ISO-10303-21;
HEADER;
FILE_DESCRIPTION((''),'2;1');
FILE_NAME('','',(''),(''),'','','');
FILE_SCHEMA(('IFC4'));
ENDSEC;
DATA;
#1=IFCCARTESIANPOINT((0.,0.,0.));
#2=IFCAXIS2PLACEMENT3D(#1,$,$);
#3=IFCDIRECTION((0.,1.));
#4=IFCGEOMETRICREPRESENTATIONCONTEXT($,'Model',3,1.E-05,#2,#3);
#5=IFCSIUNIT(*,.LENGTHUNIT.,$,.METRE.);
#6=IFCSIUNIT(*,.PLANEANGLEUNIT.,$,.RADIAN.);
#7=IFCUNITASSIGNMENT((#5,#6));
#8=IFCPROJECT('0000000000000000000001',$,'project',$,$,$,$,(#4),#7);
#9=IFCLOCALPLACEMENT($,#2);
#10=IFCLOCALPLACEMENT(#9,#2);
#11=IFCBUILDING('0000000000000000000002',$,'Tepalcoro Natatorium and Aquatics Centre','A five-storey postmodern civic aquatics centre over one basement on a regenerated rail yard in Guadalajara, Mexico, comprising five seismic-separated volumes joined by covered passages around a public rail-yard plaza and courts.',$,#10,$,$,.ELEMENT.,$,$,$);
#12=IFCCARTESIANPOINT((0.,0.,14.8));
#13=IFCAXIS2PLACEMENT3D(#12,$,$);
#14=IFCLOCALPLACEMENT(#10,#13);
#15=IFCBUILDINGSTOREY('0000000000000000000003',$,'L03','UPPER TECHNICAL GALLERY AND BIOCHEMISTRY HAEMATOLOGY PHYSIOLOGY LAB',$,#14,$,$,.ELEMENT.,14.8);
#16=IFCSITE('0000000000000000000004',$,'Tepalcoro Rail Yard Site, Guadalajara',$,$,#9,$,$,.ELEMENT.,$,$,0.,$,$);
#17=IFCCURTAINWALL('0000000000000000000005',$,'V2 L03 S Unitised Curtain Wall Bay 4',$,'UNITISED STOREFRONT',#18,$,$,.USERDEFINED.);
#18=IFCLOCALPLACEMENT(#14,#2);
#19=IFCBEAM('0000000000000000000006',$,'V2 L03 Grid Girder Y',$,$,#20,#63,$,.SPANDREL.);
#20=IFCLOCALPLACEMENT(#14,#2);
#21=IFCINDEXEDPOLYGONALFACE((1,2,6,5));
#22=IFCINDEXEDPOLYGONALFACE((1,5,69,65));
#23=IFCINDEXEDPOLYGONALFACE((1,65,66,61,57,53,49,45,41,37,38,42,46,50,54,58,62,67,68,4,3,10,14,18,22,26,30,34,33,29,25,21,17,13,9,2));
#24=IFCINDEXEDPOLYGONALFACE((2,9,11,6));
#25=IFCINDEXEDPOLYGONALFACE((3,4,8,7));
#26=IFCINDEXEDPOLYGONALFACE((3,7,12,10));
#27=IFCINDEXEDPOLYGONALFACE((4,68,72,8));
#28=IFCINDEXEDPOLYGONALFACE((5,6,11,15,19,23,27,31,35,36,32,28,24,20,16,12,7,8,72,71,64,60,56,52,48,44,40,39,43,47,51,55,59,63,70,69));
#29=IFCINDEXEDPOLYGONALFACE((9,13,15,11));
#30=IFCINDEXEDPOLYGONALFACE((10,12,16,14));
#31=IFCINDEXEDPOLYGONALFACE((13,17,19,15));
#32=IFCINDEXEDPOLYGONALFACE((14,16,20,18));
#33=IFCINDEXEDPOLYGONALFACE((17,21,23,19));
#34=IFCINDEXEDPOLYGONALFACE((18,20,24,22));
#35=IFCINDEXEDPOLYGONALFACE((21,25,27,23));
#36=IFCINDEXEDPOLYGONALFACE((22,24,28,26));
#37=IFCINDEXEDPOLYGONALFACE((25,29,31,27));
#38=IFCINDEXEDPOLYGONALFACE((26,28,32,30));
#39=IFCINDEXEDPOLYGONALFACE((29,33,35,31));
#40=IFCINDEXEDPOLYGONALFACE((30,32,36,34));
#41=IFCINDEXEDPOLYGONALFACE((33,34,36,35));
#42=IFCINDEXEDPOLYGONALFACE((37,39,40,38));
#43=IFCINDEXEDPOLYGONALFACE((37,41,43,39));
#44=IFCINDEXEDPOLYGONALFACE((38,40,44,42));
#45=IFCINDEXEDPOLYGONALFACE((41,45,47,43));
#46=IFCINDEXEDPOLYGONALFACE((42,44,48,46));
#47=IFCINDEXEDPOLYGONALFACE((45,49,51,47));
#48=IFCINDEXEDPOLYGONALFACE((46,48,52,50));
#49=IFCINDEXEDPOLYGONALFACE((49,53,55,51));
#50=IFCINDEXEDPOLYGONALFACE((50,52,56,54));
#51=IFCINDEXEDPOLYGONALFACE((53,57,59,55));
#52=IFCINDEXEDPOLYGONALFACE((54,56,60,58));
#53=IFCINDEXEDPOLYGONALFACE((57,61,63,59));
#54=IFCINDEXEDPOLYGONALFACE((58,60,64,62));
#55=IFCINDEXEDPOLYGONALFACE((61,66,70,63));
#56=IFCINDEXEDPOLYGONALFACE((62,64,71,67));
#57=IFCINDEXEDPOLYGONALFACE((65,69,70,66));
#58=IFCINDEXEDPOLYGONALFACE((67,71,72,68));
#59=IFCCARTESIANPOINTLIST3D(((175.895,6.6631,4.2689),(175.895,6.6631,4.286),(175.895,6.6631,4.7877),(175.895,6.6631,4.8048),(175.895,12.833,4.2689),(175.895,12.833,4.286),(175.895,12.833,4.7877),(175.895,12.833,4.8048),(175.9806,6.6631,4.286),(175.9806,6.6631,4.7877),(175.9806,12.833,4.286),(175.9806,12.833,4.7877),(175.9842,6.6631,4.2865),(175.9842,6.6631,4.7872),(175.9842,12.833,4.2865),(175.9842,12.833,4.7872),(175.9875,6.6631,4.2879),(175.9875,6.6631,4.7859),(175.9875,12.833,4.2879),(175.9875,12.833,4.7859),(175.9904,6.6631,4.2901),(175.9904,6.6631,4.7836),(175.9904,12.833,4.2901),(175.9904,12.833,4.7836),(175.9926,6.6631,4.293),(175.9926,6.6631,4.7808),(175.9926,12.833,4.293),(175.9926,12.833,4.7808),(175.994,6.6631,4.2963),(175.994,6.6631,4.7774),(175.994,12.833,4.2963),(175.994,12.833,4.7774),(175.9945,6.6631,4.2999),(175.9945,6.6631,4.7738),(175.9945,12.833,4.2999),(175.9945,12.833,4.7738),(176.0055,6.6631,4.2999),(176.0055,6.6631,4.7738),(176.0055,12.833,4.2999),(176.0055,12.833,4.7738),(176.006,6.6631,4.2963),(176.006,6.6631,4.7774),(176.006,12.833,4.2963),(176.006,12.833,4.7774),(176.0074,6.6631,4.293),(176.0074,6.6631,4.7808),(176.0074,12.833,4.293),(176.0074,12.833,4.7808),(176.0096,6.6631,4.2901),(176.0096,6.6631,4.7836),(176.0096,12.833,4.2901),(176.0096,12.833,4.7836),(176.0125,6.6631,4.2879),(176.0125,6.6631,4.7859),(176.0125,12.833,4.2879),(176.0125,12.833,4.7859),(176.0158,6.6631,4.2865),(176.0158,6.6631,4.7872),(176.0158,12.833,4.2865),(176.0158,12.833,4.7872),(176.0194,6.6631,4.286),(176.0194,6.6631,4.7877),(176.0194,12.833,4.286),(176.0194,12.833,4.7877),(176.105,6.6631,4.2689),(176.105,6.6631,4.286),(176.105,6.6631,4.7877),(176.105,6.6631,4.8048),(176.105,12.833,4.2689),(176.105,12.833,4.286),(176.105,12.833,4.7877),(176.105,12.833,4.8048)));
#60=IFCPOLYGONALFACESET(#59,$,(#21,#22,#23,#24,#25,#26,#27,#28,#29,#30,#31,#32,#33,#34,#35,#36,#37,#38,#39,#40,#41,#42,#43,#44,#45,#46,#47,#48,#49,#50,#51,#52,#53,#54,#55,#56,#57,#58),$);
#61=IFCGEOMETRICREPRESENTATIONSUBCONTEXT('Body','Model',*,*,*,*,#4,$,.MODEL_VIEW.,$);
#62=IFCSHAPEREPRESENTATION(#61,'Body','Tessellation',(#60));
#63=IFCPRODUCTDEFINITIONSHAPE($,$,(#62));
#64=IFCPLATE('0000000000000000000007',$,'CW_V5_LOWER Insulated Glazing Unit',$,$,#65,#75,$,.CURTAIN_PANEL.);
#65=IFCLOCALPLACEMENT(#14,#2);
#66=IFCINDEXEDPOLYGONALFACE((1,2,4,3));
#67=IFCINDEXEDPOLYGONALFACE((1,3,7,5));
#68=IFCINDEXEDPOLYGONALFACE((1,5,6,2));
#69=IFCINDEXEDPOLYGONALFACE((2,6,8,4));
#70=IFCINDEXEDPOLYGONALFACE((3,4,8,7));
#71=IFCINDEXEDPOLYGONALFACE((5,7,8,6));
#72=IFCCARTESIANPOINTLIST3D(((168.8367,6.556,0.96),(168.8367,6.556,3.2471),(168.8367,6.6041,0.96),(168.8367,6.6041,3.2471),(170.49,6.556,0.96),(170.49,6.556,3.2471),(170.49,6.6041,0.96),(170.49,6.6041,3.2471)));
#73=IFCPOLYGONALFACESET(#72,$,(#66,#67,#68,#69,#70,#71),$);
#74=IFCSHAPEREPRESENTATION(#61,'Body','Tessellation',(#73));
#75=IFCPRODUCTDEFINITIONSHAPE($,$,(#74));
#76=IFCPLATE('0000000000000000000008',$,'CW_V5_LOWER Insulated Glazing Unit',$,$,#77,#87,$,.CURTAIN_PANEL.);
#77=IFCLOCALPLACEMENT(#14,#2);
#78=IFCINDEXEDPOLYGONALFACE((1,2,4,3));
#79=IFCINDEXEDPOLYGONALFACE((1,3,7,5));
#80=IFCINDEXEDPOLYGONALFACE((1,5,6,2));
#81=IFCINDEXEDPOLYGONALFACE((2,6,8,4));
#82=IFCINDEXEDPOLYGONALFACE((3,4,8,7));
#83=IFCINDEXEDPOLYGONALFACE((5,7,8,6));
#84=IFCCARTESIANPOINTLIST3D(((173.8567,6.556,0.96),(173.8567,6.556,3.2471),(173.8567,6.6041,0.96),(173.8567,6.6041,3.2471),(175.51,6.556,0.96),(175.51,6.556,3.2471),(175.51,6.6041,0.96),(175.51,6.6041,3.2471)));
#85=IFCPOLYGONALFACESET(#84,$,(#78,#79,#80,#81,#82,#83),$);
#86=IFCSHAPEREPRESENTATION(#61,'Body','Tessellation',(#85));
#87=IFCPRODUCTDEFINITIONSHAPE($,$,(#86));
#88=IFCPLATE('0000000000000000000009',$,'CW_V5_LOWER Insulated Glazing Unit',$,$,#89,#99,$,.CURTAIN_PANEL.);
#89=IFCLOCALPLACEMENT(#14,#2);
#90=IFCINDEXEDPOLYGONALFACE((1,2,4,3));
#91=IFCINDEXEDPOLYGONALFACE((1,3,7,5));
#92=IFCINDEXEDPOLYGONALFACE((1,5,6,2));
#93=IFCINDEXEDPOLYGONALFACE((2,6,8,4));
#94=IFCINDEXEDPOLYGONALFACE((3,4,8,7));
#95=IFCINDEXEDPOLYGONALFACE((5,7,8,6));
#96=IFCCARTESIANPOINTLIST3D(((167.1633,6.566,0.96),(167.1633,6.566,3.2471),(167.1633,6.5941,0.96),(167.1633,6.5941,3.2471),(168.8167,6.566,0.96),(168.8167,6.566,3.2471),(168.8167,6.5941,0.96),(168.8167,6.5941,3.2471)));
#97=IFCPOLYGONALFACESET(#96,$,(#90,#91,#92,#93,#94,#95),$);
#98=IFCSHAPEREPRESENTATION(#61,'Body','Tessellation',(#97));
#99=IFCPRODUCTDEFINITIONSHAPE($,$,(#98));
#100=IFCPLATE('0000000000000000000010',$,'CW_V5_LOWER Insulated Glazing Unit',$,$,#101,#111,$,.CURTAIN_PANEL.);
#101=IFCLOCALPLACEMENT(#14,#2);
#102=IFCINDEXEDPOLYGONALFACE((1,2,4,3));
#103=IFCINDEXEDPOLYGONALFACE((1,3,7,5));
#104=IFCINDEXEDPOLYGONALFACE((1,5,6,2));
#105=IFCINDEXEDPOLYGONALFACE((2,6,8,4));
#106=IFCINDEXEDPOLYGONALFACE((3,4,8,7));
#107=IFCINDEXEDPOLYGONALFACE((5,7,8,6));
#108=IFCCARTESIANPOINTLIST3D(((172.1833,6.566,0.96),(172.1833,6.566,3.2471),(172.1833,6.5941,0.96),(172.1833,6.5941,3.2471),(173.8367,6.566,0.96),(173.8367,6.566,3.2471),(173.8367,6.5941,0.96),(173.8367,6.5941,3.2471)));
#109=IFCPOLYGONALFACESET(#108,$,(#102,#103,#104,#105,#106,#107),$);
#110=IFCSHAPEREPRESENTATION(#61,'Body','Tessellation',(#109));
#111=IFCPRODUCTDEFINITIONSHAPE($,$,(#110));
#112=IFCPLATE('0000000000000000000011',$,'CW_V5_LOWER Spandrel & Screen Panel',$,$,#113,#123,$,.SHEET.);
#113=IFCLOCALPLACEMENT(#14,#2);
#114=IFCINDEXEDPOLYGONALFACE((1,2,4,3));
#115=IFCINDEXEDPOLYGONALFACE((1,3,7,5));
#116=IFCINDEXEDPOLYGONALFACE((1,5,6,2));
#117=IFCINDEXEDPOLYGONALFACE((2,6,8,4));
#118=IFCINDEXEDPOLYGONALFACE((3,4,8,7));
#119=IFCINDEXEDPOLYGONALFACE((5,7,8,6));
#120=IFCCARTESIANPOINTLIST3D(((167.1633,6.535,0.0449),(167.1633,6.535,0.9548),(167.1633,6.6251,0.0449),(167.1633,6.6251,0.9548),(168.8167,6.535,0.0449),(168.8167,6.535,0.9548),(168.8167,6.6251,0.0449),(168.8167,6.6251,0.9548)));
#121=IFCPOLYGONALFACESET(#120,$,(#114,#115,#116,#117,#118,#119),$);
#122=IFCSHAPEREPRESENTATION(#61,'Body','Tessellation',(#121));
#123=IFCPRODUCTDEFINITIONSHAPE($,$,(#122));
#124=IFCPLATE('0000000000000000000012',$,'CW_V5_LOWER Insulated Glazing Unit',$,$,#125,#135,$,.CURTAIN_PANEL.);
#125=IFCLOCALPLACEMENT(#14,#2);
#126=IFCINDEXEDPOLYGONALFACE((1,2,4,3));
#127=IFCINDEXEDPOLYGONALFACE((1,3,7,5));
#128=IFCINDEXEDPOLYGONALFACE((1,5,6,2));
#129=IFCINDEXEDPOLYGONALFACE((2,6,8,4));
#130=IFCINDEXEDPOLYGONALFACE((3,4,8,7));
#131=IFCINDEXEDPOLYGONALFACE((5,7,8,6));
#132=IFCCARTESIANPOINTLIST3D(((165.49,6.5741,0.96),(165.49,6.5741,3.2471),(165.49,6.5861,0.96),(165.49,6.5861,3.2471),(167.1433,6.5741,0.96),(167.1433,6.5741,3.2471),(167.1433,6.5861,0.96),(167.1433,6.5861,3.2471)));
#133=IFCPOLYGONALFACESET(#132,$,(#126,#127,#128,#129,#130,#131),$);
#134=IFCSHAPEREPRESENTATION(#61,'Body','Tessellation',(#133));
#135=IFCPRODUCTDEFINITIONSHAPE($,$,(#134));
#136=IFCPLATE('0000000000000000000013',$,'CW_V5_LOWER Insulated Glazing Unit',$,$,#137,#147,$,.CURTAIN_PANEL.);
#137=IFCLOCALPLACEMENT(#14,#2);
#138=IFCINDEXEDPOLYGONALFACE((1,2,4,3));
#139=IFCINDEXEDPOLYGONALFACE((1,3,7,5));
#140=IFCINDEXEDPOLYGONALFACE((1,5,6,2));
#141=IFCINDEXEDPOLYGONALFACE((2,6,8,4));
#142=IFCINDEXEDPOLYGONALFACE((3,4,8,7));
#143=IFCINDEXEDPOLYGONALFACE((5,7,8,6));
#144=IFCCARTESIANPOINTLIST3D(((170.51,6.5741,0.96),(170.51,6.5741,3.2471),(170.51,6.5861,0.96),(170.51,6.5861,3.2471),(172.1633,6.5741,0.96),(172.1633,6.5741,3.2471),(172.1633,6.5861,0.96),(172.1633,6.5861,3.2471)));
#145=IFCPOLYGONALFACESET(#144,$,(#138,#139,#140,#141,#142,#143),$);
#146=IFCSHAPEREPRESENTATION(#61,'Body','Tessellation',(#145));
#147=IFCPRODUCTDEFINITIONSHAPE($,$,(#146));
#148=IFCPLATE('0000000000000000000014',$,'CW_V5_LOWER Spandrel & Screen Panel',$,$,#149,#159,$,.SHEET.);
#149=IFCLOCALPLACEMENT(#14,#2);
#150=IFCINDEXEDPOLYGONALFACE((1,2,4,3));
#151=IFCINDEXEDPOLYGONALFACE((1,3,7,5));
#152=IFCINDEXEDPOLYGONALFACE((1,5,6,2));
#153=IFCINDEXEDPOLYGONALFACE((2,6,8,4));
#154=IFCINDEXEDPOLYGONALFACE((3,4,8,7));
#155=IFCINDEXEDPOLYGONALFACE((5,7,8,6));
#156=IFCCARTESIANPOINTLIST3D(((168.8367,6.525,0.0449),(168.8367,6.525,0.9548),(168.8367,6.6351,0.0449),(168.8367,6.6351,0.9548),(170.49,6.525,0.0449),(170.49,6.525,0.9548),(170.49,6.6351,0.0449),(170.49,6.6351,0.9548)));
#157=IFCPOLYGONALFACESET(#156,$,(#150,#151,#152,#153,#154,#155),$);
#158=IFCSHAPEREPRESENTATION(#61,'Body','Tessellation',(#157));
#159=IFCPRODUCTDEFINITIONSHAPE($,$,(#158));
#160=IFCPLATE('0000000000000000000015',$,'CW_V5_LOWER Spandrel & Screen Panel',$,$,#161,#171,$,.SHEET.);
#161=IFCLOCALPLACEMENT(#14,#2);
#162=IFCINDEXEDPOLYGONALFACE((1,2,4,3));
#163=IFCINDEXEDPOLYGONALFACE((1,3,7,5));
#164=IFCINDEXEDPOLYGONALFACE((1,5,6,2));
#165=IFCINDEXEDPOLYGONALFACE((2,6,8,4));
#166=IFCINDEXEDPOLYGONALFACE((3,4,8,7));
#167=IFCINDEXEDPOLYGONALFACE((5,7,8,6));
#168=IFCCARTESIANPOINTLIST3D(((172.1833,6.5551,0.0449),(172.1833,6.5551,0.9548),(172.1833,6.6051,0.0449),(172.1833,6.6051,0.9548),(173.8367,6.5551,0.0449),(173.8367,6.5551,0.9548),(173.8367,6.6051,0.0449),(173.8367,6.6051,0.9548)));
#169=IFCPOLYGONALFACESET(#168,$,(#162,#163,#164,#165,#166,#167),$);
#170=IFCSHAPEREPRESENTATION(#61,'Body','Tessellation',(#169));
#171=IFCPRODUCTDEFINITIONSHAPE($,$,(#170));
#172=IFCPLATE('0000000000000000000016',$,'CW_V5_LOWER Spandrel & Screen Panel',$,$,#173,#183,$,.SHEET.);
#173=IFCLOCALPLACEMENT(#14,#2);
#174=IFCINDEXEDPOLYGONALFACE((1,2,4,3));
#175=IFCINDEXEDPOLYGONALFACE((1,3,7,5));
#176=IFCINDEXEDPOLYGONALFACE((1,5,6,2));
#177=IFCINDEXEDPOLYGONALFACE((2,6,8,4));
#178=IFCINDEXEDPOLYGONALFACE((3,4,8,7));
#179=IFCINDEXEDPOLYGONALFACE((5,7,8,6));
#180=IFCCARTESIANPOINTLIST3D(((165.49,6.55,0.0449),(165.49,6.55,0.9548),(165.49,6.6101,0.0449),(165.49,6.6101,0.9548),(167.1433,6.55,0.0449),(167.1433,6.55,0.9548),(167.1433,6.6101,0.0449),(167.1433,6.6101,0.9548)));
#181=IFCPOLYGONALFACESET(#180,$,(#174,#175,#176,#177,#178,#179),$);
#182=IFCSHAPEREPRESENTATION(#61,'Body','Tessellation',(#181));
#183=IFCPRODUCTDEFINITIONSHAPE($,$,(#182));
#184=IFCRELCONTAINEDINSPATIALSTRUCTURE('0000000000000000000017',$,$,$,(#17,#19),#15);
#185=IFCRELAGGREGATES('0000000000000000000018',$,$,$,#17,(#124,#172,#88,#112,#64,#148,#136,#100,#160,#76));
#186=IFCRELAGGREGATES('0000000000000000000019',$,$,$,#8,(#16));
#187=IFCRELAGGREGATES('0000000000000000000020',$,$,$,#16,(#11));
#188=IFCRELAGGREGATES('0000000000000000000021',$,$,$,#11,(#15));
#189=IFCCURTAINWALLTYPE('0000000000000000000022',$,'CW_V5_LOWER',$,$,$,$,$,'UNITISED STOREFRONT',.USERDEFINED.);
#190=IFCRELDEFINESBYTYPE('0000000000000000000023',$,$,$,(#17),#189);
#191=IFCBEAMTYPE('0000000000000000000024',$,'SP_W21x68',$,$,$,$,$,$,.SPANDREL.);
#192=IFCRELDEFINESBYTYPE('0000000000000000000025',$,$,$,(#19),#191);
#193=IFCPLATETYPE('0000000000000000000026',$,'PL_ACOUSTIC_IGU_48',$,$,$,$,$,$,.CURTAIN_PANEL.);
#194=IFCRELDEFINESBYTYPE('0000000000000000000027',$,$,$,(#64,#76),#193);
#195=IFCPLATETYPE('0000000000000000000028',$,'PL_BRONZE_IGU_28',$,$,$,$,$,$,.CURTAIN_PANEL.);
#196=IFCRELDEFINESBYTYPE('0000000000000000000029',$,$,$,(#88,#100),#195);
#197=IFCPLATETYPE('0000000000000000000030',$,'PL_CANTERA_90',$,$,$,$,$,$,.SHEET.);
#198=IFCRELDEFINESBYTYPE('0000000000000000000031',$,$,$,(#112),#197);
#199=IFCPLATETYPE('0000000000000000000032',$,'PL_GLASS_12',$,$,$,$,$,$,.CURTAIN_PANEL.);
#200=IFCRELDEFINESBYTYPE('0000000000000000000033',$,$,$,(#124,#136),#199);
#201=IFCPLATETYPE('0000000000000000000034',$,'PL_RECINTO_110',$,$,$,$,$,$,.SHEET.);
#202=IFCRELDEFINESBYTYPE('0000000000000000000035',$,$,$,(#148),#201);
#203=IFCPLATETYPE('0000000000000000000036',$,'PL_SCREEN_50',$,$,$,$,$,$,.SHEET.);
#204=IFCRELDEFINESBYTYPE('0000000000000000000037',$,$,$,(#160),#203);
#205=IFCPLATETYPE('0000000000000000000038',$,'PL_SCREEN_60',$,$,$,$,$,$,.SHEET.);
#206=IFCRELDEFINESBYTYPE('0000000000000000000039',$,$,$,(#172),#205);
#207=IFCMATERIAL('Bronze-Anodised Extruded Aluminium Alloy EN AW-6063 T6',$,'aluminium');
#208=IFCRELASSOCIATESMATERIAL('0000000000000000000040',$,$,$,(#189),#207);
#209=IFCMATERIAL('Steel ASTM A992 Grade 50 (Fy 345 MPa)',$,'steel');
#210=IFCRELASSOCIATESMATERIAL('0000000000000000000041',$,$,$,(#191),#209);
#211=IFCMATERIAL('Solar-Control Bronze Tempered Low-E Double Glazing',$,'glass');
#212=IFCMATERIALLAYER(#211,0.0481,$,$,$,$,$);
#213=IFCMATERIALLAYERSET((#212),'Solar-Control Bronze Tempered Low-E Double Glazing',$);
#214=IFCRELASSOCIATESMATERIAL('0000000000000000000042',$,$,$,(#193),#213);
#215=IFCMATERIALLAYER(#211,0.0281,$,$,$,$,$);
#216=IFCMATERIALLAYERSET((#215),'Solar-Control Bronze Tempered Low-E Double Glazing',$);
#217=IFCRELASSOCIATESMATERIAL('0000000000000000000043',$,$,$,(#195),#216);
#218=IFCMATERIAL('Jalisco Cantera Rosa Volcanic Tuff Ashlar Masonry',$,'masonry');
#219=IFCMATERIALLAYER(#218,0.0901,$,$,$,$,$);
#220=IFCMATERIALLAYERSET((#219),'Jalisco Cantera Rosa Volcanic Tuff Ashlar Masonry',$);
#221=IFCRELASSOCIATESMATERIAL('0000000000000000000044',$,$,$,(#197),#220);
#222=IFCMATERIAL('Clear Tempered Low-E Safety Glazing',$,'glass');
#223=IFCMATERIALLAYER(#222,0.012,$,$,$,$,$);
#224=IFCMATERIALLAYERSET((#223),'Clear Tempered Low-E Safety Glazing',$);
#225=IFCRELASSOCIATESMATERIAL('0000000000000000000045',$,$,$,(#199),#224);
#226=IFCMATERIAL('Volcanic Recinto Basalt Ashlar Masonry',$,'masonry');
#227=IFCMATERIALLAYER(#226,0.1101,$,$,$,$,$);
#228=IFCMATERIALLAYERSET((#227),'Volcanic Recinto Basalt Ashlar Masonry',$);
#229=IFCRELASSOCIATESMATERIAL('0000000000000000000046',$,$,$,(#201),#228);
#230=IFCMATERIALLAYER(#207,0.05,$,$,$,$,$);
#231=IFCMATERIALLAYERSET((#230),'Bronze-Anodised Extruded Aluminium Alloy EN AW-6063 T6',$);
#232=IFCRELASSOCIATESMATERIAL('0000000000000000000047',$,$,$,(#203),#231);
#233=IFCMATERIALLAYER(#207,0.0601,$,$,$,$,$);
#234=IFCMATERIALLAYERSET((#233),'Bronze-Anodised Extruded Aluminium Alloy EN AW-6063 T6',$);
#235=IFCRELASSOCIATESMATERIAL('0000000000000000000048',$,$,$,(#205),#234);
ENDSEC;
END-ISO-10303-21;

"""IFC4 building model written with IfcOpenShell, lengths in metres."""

from ifc_helpers import new_model, si_unit, direction, frame, origin, origin_2d, place, context, subcontext, project, spatial, rectangle, i_section, extrude, material, layer, layer_set, material_profile, profile_set, type_object, element, aggregate, save


model = new_model("IFC4")

# Units and contexts
model_context = context("Model", 3, precision=1e-05, world=origin(), true_north=direction((0.0, 1.0)))
body_context = subcontext(model_context, "Body", "Model", "MODEL_VIEW")
ifc_project = project(units=[si_unit("LENGTHUNIT", "METRE"), si_unit("PLANEANGLEUNIT", "RADIAN")], contexts=[model_context])

# Site, building, storey
site_placement = place(None, origin())
site = spatial("IfcSite", under=ifc_project, at=site_placement, Name="Tepalcoro Rail Yard Site, Guadalajara", CompositionType="ELEMENT", RefElevation=0.0)
building_placement = place(site_placement, origin())
building = spatial("IfcBuilding", under=site, at=building_placement, Name="Tepalcoro Natatorium and Aquatics Centre", Description="A five-storey postmodern civic aquatics centre over one basement on a regenerated rail yard in Guadalajara, Mexico, comprising five seismic-separated volumes joined by covered passages around a public rail-yard plaza and courts.", CompositionType="ELEMENT")
storey_placement = place(building_placement, frame((0.0, 0.0, 14.8)))
storey = spatial("IfcBuildingStorey", under=building, at=storey_placement, Name="L03", Description="UPPER TECHNICAL GALLERY AND BIOCHEMISTRY HAEMATOLOGY PHYSIOLOGY LAB", CompositionType="ELEMENT", Elevation=14.8)

# Shared definitions
ifc_material_1 = material(Name="Steel ASTM A992 Grade 50 (Fy 345 MPa)", Category="steel")

# Curtain wall
ifc_material_2 = material(Name="Bronze-Anodised Extruded Aluminium Alloy EN AW-6063 T6", Category="aluminium")
curtain_wall_type = type_object("IfcCurtainWallType", Name="CW_V5_LOWER", ElementType="UNITISED STOREFRONT", PredefinedType="USERDEFINED", material=ifc_material_2)
curtain_wall_placement = place(storey_placement, origin())
curtain_wall = element("IfcCurtainWall", 1, at=curtain_wall_placement, inside=storey, type_object=curtain_wall_type, Name="V2 L03 S Unitised Curtain Wall Bay 4", ObjectType="UNITISED STOREFRONT", PredefinedType="USERDEFINED")

# Beam
ifc_material_profile_1 = material_profile(ifc_material_1, i_section(OverallWidth=0.21, OverallDepth=0.5359, WebThickness=0.011, FlangeThickness=0.0171, FilletRadius=0.0139, at=origin_2d()), Name="W21X68")
ifc_profile_set_1 = profile_set([ifc_material_profile_1], Name="Steel ASTM A992 Grade 50 (Fy 345 MPa)")
beam_type = type_object("IfcBeamType", Name="SP_W21x68", PredefinedType="SPANDREL", material=ifc_profile_set_1)
beam_placement = place(storey_placement, frame((176.0, 6.6631, 4.5369), z_axis=(0.0, 1.0, 0.0), x_axis=(-1.0, 0.0, 0.0)))
element("IfcBeam", 2, at=beam_placement, inside=storey, type_object=beam_type, Name="V2 L03 Grid Girder Y", PredefinedType="SPANDREL", context=body_context, shape_type="SweptSolid", body=[
    extrude(i_section(OverallWidth=0.21, OverallDepth=0.5359, WebThickness=0.011, FlangeThickness=0.0171, FilletRadius=0.0139, at=origin_2d()), origin(), (0.0, 0.0, 1.0), 6.1699),
])

# Plates
ifc_material_3 = material(Name="Solar-Control Bronze Tempered Low-E Double Glazing", Category="glass")
ifc_layer_1 = layer(ifc_material_3, 0.0481)
ifc_layer_set_1 = layer_set([ifc_layer_1], Name="Solar-Control Bronze Tempered Low-E Double Glazing")
plate_type_1 = type_object("IfcPlateType", Name="PL_ACOUSTIC_IGU_48", PredefinedType="CURTAIN_PANEL", material=ifc_layer_set_1)
plate_1_placement = place(storey_placement, frame((169.6633, 6.5801, 0.96), z_axis=(0.0, 0.0, 1.0), x_axis=(1.0, 0.0, 0.0)))
plate_1 = element("IfcPlate", 3, at=plate_1_placement, type_object=plate_type_1, Name="CW_V5_LOWER Insulated Glazing Unit", PredefinedType="CURTAIN_PANEL", context=body_context, shape_type="SweptSolid", body=[
    extrude(rectangle(XDim=1.6533, YDim=0.0481, at=origin_2d()), origin(), (0.0, 0.0, 1.0), 2.2871),
])
plate_2_placement = place(storey_placement, frame((174.6833, 6.5801, 0.96), z_axis=(0.0, 0.0, 1.0), x_axis=(1.0, 0.0, 0.0)))
plate_2 = element("IfcPlate", 4, at=plate_2_placement, type_object=plate_type_1, Name="CW_V5_LOWER Insulated Glazing Unit", PredefinedType="CURTAIN_PANEL", context=body_context, shape_type="SweptSolid", body=[
    extrude(rectangle(XDim=1.6533, YDim=0.0481, at=origin_2d()), origin(), (0.0, 0.0, 1.0), 2.2871),
])
ifc_layer_2 = layer(ifc_material_3, 0.0281)
ifc_layer_set_2 = layer_set([ifc_layer_2], Name="Solar-Control Bronze Tempered Low-E Double Glazing")
plate_type_2 = type_object("IfcPlateType", Name="PL_BRONZE_IGU_28", PredefinedType="CURTAIN_PANEL", material=ifc_layer_set_2)
plate_3_placement = place(storey_placement, frame((167.99, 6.5801, 0.96), z_axis=(0.0, 0.0, 1.0), x_axis=(1.0, 0.0, 0.0)))
plate_3 = element("IfcPlate", 5, at=plate_3_placement, type_object=plate_type_2, Name="CW_V5_LOWER Insulated Glazing Unit", PredefinedType="CURTAIN_PANEL", context=body_context, shape_type="SweptSolid", body=[
    extrude(rectangle(XDim=1.6533, YDim=0.0281, at=origin_2d()), origin(), (0.0, 0.0, 1.0), 2.2871),
])
plate_4_placement = place(storey_placement, frame((173.01, 6.5801, 0.96), z_axis=(0.0, 0.0, 1.0), x_axis=(1.0, 0.0, 0.0)))
plate_4 = element("IfcPlate", 6, at=plate_4_placement, type_object=plate_type_2, Name="CW_V5_LOWER Insulated Glazing Unit", PredefinedType="CURTAIN_PANEL", context=body_context, shape_type="SweptSolid", body=[
    extrude(rectangle(XDim=1.6533, YDim=0.0281, at=origin_2d()), origin(), (0.0, 0.0, 1.0), 2.2871),
])
ifc_material_4 = material(Name="Jalisco Cantera Rosa Volcanic Tuff Ashlar Masonry", Category="masonry")
ifc_layer_3 = layer(ifc_material_4, 0.0901)
ifc_layer_set_3 = layer_set([ifc_layer_3], Name="Jalisco Cantera Rosa Volcanic Tuff Ashlar Masonry")
plate_type_3 = type_object("IfcPlateType", Name="PL_CANTERA_90", PredefinedType="SHEET", material=ifc_layer_set_3)
plate_5_placement = place(storey_placement, frame((167.99, 6.5801, 0.0449), z_axis=(0.0, 0.0, 1.0), x_axis=(1.0, 0.0, 0.0)))
plate_5 = element("IfcPlate", 7, at=plate_5_placement, type_object=plate_type_3, Name="CW_V5_LOWER Spandrel & Screen Panel", PredefinedType="SHEET", context=body_context, shape_type="SweptSolid", body=[
    extrude(rectangle(XDim=1.6533, YDim=0.0901, at=origin_2d()), origin(), (0.0, 0.0, 1.0), 0.9099),
])
ifc_material_5 = material(Name="Clear Tempered Low-E Safety Glazing", Category="glass")
ifc_layer_4 = layer(ifc_material_5, 0.012)
ifc_layer_set_4 = layer_set([ifc_layer_4], Name="Clear Tempered Low-E Safety Glazing")
plate_type_4 = type_object("IfcPlateType", Name="PL_GLASS_12", PredefinedType="CURTAIN_PANEL", material=ifc_layer_set_4)
plate_6_placement = place(storey_placement, frame((166.3167, 6.5801, 0.96), z_axis=(0.0, 0.0, 1.0), x_axis=(1.0, 0.0, 0.0)))
plate_6 = element("IfcPlate", 8, at=plate_6_placement, type_object=plate_type_4, Name="CW_V5_LOWER Insulated Glazing Unit", PredefinedType="CURTAIN_PANEL", context=body_context, shape_type="SweptSolid", body=[
    extrude(rectangle(XDim=1.6533, YDim=0.012, at=origin_2d()), origin(), (0.0, 0.0, 1.0), 2.2871),
])
plate_7_placement = place(storey_placement, frame((171.3367, 6.5801, 0.96), z_axis=(0.0, 0.0, 1.0), x_axis=(1.0, 0.0, 0.0)))
plate_7 = element("IfcPlate", 9, at=plate_7_placement, type_object=plate_type_4, Name="CW_V5_LOWER Insulated Glazing Unit", PredefinedType="CURTAIN_PANEL", context=body_context, shape_type="SweptSolid", body=[
    extrude(rectangle(XDim=1.6533, YDim=0.012, at=origin_2d()), origin(), (0.0, 0.0, 1.0), 2.2871),
])
ifc_material_6 = material(Name="Volcanic Recinto Basalt Ashlar Masonry", Category="masonry")
ifc_layer_5 = layer(ifc_material_6, 0.1101)
ifc_layer_set_5 = layer_set([ifc_layer_5], Name="Volcanic Recinto Basalt Ashlar Masonry")
plate_type_5 = type_object("IfcPlateType", Name="PL_RECINTO_110", PredefinedType="SHEET", material=ifc_layer_set_5)
plate_8_placement = place(storey_placement, frame((169.6633, 6.5801, 0.0449), z_axis=(0.0, 0.0, 1.0), x_axis=(1.0, 0.0, 0.0)))
plate_8 = element("IfcPlate", 10, at=plate_8_placement, type_object=plate_type_5, Name="CW_V5_LOWER Spandrel & Screen Panel", PredefinedType="SHEET", context=body_context, shape_type="SweptSolid", body=[
    extrude(rectangle(XDim=1.6533, YDim=0.1101, at=origin_2d()), origin(), (0.0, 0.0, 1.0), 0.9099),
])
ifc_layer_6 = layer(ifc_material_2, 0.05)
ifc_layer_set_6 = layer_set([ifc_layer_6], Name="Bronze-Anodised Extruded Aluminium Alloy EN AW-6063 T6")
plate_type_6 = type_object("IfcPlateType", Name="PL_SCREEN_50", PredefinedType="SHEET", material=ifc_layer_set_6)
plate_9_placement = place(storey_placement, frame((173.01, 6.5801, 0.0449), z_axis=(0.0, 0.0, 1.0), x_axis=(1.0, 0.0, 0.0)))
plate_9 = element("IfcPlate", 11, at=plate_9_placement, type_object=plate_type_6, Name="CW_V5_LOWER Spandrel & Screen Panel", PredefinedType="SHEET", context=body_context, shape_type="SweptSolid", body=[
    extrude(rectangle(XDim=1.6533, YDim=0.05, at=origin_2d()), origin(), (0.0, 0.0, 1.0), 0.9099),
])
ifc_layer_7 = layer(ifc_material_2, 0.0601)
ifc_layer_set_7 = layer_set([ifc_layer_7], Name="Bronze-Anodised Extruded Aluminium Alloy EN AW-6063 T6")
plate_type_7 = type_object("IfcPlateType", Name="PL_SCREEN_60", PredefinedType="SHEET", material=ifc_layer_set_7)
plate_10_placement = place(storey_placement, frame((166.3167, 6.5801, 0.0449), z_axis=(0.0, 0.0, 1.0), x_axis=(1.0, 0.0, 0.0)))
plate_10 = element("IfcPlate", 12, at=plate_10_placement, type_object=plate_type_7, Name="CW_V5_LOWER Spandrel & Screen Panel", PredefinedType="SHEET", context=body_context, shape_type="SweptSolid", body=[
    extrude(rectangle(XDim=1.6533, YDim=0.0601, at=origin_2d()), origin(), (0.0, 0.0, 1.0), 0.9099),
])
aggregate(curtain_wall, [plate_6, plate_10, plate_3, plate_5, plate_1, plate_8, plate_7, plate_4, plate_9, plate_2])

save(model, "model.ifc")
